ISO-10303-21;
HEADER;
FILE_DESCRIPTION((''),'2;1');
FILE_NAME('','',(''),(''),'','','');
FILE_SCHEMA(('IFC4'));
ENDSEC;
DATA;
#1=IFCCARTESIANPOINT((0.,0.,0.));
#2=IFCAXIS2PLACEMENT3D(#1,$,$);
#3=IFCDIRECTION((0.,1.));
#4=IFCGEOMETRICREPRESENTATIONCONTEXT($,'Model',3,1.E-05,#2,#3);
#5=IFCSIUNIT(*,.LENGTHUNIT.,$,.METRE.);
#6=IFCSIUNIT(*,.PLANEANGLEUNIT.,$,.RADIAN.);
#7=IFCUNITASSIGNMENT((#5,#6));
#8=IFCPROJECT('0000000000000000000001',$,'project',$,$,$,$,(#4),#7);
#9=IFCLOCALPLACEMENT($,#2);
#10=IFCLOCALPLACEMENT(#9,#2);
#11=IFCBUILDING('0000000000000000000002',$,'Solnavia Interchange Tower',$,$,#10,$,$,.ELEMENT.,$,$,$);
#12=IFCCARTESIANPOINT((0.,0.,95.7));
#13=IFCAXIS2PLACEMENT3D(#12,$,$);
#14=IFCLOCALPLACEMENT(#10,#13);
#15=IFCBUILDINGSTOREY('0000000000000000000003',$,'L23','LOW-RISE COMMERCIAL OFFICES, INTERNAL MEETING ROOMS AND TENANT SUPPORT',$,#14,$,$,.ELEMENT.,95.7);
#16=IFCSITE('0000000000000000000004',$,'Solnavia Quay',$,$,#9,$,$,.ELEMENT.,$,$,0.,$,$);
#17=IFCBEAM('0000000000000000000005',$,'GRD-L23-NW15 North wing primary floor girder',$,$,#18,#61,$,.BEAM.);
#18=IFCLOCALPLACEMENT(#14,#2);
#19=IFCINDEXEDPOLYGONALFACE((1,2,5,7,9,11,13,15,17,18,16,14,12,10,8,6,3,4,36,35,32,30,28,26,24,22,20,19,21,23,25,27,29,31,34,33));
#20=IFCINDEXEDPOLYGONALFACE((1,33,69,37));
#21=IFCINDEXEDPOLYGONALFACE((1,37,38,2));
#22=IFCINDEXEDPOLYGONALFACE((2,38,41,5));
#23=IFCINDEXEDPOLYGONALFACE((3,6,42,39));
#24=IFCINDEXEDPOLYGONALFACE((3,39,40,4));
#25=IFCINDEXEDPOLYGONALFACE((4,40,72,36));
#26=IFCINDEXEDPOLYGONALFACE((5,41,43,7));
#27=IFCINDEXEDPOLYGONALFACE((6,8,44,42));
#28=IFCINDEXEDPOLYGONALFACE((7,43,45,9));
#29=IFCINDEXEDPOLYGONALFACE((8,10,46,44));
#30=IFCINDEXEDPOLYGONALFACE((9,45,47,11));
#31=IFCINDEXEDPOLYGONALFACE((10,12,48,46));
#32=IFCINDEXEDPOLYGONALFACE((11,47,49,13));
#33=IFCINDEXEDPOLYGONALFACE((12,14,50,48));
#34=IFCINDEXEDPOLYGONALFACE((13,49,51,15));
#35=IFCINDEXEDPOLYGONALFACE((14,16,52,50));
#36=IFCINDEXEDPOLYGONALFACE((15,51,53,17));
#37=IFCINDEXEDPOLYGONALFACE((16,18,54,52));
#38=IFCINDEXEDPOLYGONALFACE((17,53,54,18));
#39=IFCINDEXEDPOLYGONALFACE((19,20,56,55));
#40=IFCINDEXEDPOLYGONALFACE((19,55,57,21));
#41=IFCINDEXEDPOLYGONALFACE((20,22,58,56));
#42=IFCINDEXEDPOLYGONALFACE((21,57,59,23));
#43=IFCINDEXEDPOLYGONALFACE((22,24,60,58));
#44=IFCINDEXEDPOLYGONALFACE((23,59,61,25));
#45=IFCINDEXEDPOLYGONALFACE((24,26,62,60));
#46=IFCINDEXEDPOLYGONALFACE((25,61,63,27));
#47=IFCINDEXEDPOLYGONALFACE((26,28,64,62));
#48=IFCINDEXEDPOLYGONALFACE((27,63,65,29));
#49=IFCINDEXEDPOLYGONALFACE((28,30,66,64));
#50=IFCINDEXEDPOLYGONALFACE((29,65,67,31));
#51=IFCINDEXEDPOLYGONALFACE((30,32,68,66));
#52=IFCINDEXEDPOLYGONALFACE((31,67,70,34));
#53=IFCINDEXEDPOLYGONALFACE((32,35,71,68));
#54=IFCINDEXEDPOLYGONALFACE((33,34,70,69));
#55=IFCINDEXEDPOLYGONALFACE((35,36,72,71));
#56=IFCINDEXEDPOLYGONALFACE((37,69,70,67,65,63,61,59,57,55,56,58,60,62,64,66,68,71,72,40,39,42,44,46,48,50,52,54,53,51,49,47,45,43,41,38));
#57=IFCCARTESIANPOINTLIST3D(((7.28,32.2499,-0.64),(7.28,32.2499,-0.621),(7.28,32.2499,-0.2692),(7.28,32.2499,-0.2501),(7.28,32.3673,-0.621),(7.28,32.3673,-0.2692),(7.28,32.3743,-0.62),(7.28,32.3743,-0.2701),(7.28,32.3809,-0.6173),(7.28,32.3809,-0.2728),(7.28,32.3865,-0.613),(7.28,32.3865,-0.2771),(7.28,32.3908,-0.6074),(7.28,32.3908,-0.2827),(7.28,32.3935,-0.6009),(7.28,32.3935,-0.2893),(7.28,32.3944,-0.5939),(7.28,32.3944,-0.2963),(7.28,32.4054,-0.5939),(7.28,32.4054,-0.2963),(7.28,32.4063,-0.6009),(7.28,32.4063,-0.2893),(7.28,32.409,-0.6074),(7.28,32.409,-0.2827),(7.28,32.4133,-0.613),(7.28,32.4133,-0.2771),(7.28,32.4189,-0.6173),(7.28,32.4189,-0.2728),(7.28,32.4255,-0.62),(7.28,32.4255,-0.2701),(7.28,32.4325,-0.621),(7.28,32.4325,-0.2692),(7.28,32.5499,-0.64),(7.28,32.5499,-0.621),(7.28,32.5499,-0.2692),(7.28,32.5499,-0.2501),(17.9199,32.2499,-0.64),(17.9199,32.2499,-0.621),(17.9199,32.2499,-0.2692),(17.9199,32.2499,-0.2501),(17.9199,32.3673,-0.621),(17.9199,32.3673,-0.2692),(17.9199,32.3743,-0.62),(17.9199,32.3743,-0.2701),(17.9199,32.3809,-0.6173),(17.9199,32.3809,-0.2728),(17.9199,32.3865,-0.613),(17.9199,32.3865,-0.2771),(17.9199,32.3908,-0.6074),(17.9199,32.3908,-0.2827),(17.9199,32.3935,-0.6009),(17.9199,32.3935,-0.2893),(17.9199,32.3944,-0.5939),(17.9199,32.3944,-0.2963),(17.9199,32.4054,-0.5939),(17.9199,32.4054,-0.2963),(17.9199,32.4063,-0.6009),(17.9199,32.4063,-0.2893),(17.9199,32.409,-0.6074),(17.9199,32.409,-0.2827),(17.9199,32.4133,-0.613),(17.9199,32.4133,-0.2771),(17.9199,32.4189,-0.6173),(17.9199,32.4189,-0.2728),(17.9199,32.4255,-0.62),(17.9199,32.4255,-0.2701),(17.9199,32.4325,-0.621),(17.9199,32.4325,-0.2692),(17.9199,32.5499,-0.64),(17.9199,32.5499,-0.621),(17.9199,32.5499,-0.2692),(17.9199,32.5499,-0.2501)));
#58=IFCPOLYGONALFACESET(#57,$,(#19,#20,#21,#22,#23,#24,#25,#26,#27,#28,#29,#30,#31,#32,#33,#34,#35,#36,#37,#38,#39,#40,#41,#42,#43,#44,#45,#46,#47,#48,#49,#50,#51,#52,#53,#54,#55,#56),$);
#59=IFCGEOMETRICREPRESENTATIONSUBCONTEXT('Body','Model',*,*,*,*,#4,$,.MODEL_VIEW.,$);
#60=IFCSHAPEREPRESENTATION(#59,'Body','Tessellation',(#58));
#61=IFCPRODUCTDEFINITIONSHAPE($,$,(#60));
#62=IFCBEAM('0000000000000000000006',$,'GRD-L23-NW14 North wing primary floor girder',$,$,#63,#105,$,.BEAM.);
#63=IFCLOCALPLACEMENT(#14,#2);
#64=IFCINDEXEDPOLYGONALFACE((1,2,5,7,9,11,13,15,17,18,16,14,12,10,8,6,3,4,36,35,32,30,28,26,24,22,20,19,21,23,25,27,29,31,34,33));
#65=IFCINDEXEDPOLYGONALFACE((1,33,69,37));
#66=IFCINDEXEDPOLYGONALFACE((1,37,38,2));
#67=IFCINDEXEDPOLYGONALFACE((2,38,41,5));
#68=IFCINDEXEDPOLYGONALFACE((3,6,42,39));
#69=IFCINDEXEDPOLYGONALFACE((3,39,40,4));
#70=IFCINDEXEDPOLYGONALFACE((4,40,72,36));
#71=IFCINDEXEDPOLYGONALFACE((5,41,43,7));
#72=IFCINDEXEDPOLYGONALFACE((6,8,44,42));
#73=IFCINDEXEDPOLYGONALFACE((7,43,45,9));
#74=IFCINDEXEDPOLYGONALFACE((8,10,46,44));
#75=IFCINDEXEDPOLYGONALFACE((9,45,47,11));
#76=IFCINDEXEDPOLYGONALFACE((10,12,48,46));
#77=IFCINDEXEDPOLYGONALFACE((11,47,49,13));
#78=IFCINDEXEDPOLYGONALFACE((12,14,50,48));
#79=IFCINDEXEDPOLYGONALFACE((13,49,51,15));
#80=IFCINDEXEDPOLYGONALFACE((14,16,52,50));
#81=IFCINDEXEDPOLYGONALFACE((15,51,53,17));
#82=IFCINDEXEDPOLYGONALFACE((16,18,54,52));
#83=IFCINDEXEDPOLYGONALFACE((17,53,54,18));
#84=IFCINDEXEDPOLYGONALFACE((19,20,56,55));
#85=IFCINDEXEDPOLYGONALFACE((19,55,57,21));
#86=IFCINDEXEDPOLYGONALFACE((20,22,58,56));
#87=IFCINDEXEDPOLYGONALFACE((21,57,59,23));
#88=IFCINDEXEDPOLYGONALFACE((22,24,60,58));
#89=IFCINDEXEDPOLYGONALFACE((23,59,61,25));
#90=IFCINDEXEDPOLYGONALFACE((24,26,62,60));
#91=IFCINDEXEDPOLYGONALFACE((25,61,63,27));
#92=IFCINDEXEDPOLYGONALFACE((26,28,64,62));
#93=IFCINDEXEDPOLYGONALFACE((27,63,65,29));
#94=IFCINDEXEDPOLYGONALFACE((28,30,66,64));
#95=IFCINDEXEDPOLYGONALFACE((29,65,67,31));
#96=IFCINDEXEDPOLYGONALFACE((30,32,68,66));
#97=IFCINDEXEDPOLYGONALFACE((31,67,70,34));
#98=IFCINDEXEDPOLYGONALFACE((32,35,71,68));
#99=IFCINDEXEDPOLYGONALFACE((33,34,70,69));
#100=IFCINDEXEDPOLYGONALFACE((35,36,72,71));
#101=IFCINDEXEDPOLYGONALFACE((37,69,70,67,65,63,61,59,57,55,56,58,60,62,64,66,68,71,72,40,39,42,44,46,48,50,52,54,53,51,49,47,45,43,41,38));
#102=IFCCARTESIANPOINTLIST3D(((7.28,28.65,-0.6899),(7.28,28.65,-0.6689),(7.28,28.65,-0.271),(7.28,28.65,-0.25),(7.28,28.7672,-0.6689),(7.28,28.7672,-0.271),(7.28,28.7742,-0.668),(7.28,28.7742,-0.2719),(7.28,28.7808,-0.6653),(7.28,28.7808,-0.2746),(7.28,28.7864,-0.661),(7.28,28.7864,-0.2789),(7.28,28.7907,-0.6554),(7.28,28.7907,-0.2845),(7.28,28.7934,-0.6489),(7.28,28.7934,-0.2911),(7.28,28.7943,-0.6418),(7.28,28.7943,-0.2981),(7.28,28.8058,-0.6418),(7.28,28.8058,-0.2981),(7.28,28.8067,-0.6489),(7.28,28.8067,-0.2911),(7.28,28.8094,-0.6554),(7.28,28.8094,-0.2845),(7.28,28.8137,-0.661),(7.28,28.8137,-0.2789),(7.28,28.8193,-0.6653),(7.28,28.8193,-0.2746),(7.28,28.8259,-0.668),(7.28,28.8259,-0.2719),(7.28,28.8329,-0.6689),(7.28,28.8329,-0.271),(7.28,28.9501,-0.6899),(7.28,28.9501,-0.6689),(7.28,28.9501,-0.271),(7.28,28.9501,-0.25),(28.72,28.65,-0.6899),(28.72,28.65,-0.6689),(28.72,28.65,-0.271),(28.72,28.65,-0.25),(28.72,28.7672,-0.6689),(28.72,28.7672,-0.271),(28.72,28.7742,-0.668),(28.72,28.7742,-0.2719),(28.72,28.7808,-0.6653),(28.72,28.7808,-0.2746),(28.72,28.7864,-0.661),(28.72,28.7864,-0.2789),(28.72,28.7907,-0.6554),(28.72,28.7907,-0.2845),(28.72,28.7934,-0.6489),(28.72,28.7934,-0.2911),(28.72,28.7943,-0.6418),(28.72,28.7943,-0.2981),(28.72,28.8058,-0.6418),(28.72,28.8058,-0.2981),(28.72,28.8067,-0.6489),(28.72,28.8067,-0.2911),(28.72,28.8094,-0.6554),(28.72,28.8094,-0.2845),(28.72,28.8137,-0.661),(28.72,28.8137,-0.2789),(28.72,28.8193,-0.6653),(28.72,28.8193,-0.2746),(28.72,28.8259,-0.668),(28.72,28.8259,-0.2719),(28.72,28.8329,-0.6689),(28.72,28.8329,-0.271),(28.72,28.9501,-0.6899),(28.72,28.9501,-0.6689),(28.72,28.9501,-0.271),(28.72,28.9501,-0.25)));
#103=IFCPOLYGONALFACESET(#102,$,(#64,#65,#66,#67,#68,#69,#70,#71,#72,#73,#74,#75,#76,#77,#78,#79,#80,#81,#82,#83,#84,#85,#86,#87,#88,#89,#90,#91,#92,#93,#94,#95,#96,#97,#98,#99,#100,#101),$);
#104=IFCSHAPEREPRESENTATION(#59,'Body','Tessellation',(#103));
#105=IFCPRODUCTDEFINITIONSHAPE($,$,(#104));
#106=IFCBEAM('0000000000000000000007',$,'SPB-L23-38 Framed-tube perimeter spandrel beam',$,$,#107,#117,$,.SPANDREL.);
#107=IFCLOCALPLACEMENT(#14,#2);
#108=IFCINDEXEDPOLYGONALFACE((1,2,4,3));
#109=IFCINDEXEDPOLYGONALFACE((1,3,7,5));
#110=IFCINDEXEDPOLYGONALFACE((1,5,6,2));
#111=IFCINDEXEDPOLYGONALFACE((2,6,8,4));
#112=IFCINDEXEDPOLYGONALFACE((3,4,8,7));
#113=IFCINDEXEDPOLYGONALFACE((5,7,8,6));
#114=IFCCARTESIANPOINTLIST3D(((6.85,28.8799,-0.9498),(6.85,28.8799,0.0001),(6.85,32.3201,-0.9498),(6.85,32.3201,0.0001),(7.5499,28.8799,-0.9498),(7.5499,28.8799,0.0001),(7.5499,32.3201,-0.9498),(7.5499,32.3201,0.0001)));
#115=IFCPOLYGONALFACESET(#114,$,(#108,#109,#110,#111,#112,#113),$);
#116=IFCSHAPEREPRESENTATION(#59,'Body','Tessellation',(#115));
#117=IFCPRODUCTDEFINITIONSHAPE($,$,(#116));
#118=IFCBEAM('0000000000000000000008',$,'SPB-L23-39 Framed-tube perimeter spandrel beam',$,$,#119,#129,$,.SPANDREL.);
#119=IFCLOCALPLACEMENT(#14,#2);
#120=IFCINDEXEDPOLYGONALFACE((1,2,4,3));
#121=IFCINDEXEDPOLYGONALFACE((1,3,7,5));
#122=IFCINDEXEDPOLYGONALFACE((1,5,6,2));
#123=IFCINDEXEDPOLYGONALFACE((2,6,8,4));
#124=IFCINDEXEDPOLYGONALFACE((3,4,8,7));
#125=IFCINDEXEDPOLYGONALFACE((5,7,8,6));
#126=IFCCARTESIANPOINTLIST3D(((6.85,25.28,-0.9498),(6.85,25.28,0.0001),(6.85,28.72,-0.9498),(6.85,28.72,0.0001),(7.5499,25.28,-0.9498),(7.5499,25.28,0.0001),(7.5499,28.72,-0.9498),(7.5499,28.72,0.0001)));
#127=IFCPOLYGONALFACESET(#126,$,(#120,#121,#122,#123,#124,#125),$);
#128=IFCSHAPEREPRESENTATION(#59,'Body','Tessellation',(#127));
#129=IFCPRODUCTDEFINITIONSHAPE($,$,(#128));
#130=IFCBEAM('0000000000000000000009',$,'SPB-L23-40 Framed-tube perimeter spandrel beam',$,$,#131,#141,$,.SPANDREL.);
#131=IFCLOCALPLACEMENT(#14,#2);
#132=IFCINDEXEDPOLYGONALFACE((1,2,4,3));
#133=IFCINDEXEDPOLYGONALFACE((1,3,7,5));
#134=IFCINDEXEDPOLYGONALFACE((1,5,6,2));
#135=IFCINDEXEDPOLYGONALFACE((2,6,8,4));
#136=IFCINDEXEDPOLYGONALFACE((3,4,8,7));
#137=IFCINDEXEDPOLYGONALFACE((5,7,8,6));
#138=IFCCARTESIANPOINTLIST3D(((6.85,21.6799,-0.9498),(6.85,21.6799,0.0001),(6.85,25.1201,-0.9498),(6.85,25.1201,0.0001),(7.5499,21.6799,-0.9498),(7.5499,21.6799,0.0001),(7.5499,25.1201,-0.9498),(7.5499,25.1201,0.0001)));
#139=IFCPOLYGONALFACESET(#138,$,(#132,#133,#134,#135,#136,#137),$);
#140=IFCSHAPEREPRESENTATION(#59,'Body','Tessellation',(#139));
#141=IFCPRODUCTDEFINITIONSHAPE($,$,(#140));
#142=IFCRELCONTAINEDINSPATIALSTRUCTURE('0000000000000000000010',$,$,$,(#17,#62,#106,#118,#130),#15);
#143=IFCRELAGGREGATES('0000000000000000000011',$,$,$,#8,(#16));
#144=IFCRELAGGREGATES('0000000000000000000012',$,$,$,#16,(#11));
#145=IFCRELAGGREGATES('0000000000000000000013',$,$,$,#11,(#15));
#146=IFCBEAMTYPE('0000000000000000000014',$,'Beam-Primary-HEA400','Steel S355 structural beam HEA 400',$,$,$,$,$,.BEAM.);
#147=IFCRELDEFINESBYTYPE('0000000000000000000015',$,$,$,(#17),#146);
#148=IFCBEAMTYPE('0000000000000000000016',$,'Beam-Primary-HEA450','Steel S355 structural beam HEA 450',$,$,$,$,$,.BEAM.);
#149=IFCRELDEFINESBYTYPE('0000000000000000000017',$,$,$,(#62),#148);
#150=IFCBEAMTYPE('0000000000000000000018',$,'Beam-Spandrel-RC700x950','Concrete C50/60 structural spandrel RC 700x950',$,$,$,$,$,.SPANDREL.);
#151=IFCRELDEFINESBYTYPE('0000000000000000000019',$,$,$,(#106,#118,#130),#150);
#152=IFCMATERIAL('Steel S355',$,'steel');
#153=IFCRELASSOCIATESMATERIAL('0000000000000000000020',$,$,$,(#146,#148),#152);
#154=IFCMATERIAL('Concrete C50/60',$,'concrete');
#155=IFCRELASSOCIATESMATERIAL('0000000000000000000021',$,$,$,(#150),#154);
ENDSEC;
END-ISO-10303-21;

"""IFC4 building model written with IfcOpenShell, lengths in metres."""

from ifc_helpers import new_model, si_unit, direction, frame, origin, origin_2d, place, context, subcontext, project, spatial, rectangle, i_section, extrude, material, material_profile, profile_set, type_object, element, save


model = new_model("IFC4")

# Units and contexts
model_context = context("Model", 3, precision=1e-05, world=origin(), true_north=direction((0.0, 1.0)))
body_context = subcontext(model_context, "Body", "Model", "MODEL_VIEW")
ifc_project = project(units=[si_unit("LENGTHUNIT", "METRE"), si_unit("PLANEANGLEUNIT", "RADIAN")], contexts=[model_context])

# Site, building, storey
site_placement = place(None, origin())
site = spatial("IfcSite", under=ifc_project, at=site_placement, Name="Solnavia Quay", CompositionType="ELEMENT", RefElevation=0.0)
building_placement = place(site_placement, origin())
building = spatial("IfcBuilding", under=site, at=building_placement, Name="Solnavia Interchange Tower", CompositionType="ELEMENT")
storey_placement = place(building_placement, frame((0.0, 0.0, 95.7)))
storey = spatial("IfcBuildingStorey", under=building, at=storey_placement, Name="L23", Description="LOW-RISE COMMERCIAL OFFICES, INTERNAL MEETING ROOMS AND TENANT SUPPORT", CompositionType="ELEMENT", Elevation=95.7)

# Shared definitions
ifc_material_1 = material(Name="Concrete C50/60", Category="concrete")
ifc_material_2 = material(Name="Steel S355", Category="steel")

# Beams
ifc_material_profile_1 = material_profile(ifc_material_2, i_section(OverallWidth=0.3, OverallDepth=0.3899, WebThickness=0.011, FlangeThickness=0.019, FilletRadius=0.0271, at=origin_2d()), Name="HEA 400")
ifc_profile_set_1 = profile_set([ifc_material_profile_1], Name="Steel S355")
beam_type_1 = type_object("IfcBeamType", Name="Beam-Primary-HEA400", Description="Steel S355 structural beam HEA 400", PredefinedType="BEAM", material=ifc_profile_set_1)
beam_1_placement = place(storey_placement, frame((7.28, 32.3999, -0.4451), z_axis=(1.0, 0.0, 0.0), x_axis=(0.0, 1.0, 0.0)))
element("IfcBeam", 1, at=beam_1_placement, inside=storey, type_object=beam_type_1, Name="GRD-L23-NW15 North wing primary floor girder", PredefinedType="BEAM", context=body_context, shape_type="SweptSolid", body=[
    extrude(i_section(OverallWidth=0.3, OverallDepth=0.3899, WebThickness=0.011, FlangeThickness=0.019, FilletRadius=0.0271, at=origin_2d()), origin(), (0.0, 0.0, 1.0), 10.6399),
])
ifc_material_profile_2 = material_profile(ifc_material_2, i_section(OverallWidth=0.3, OverallDepth=0.4399, WebThickness=0.0115, FlangeThickness=0.021, FilletRadius=0.0271, at=origin_2d()), Name="HEA 450")
ifc_profile_set_2 = profile_set([ifc_material_profile_2], Name="Steel S355")
beam_type_2 = type_object("IfcBeamType", Name="Beam-Primary-HEA450", Description="Steel S355 structural beam HEA 450", PredefinedType="BEAM", material=ifc_profile_set_2)
beam_2_placement = place(storey_placement, frame((7.28, 28.8, -0.47), z_axis=(1.0, 0.0, 0.0), x_axis=(0.0, 1.0, 0.0)))
element("IfcBeam", 2, at=beam_2_placement, inside=storey, type_object=beam_type_2, Name="GRD-L23-NW14 North wing primary floor girder", PredefinedType="BEAM", context=body_context, shape_type="SweptSolid", body=[
    extrude(i_section(OverallWidth=0.3, OverallDepth=0.4399, WebThickness=0.0115, FlangeThickness=0.021, FilletRadius=0.0271, at=origin_2d()), origin(), (0.0, 0.0, 1.0), 21.4399),
])
ifc_material_profile_3 = material_profile(ifc_material_1, rectangle(XDim=0.7, YDim=0.95, at=origin_2d()), Name="RC 700x950")
ifc_profile_set_3 = profile_set([ifc_material_profile_3], Name="Concrete C50/60")
beam_type_3 = type_object("IfcBeamType", Name="Beam-Spandrel-RC700x950", Description="Concrete C50/60 structural spandrel RC 700x950", PredefinedType="SPANDREL", material=ifc_profile_set_3)
beam_3_placement = place(storey_placement, frame((7.2, 32.3201, -0.4749), z_axis=(0.0, -1.0, 0.0), x_axis=(1.0, 0.0, 0.0)))
element("IfcBeam", 3, at=beam_3_placement, inside=storey, type_object=beam_type_3, Name="SPB-L23-38 Framed-tube perimeter spandrel beam", PredefinedType="SPANDREL", context=body_context, shape_type="SweptSolid", body=[
    extrude(rectangle(XDim=0.7, YDim=0.95, at=origin_2d()), origin(), (0.0, 0.0, 1.0), 3.4402),
])
beam_4_placement = place(storey_placement, frame((7.2, 28.72, -0.4749), z_axis=(0.0, -1.0, 0.0), x_axis=(1.0, 0.0, 0.0)))
element("IfcBeam", 4, at=beam_4_placement, inside=storey, type_object=beam_type_3, Name="SPB-L23-39 Framed-tube perimeter spandrel beam", PredefinedType="SPANDREL", context=body_context, shape_type="SweptSolid", body=[
    extrude(rectangle(XDim=0.7, YDim=0.95, at=origin_2d()), origin(), (0.0, 0.0, 1.0), 3.4399),
])
beam_5_placement = place(storey_placement, frame((7.2, 25.1201, -0.4749), z_axis=(0.0, -1.0, 0.0), x_axis=(1.0, 0.0, 0.0)))
element("IfcBeam", 5, at=beam_5_placement, inside=storey, type_object=beam_type_3, Name="SPB-L23-40 Framed-tube perimeter spandrel beam", PredefinedType="SPANDREL", context=body_context, shape_type="SweptSolid", body=[
    extrude(rectangle(XDim=0.7, YDim=0.95, at=origin_2d()), origin(), (0.0, 0.0, 1.0), 3.4402),
])

save(model, "model.ifc")
